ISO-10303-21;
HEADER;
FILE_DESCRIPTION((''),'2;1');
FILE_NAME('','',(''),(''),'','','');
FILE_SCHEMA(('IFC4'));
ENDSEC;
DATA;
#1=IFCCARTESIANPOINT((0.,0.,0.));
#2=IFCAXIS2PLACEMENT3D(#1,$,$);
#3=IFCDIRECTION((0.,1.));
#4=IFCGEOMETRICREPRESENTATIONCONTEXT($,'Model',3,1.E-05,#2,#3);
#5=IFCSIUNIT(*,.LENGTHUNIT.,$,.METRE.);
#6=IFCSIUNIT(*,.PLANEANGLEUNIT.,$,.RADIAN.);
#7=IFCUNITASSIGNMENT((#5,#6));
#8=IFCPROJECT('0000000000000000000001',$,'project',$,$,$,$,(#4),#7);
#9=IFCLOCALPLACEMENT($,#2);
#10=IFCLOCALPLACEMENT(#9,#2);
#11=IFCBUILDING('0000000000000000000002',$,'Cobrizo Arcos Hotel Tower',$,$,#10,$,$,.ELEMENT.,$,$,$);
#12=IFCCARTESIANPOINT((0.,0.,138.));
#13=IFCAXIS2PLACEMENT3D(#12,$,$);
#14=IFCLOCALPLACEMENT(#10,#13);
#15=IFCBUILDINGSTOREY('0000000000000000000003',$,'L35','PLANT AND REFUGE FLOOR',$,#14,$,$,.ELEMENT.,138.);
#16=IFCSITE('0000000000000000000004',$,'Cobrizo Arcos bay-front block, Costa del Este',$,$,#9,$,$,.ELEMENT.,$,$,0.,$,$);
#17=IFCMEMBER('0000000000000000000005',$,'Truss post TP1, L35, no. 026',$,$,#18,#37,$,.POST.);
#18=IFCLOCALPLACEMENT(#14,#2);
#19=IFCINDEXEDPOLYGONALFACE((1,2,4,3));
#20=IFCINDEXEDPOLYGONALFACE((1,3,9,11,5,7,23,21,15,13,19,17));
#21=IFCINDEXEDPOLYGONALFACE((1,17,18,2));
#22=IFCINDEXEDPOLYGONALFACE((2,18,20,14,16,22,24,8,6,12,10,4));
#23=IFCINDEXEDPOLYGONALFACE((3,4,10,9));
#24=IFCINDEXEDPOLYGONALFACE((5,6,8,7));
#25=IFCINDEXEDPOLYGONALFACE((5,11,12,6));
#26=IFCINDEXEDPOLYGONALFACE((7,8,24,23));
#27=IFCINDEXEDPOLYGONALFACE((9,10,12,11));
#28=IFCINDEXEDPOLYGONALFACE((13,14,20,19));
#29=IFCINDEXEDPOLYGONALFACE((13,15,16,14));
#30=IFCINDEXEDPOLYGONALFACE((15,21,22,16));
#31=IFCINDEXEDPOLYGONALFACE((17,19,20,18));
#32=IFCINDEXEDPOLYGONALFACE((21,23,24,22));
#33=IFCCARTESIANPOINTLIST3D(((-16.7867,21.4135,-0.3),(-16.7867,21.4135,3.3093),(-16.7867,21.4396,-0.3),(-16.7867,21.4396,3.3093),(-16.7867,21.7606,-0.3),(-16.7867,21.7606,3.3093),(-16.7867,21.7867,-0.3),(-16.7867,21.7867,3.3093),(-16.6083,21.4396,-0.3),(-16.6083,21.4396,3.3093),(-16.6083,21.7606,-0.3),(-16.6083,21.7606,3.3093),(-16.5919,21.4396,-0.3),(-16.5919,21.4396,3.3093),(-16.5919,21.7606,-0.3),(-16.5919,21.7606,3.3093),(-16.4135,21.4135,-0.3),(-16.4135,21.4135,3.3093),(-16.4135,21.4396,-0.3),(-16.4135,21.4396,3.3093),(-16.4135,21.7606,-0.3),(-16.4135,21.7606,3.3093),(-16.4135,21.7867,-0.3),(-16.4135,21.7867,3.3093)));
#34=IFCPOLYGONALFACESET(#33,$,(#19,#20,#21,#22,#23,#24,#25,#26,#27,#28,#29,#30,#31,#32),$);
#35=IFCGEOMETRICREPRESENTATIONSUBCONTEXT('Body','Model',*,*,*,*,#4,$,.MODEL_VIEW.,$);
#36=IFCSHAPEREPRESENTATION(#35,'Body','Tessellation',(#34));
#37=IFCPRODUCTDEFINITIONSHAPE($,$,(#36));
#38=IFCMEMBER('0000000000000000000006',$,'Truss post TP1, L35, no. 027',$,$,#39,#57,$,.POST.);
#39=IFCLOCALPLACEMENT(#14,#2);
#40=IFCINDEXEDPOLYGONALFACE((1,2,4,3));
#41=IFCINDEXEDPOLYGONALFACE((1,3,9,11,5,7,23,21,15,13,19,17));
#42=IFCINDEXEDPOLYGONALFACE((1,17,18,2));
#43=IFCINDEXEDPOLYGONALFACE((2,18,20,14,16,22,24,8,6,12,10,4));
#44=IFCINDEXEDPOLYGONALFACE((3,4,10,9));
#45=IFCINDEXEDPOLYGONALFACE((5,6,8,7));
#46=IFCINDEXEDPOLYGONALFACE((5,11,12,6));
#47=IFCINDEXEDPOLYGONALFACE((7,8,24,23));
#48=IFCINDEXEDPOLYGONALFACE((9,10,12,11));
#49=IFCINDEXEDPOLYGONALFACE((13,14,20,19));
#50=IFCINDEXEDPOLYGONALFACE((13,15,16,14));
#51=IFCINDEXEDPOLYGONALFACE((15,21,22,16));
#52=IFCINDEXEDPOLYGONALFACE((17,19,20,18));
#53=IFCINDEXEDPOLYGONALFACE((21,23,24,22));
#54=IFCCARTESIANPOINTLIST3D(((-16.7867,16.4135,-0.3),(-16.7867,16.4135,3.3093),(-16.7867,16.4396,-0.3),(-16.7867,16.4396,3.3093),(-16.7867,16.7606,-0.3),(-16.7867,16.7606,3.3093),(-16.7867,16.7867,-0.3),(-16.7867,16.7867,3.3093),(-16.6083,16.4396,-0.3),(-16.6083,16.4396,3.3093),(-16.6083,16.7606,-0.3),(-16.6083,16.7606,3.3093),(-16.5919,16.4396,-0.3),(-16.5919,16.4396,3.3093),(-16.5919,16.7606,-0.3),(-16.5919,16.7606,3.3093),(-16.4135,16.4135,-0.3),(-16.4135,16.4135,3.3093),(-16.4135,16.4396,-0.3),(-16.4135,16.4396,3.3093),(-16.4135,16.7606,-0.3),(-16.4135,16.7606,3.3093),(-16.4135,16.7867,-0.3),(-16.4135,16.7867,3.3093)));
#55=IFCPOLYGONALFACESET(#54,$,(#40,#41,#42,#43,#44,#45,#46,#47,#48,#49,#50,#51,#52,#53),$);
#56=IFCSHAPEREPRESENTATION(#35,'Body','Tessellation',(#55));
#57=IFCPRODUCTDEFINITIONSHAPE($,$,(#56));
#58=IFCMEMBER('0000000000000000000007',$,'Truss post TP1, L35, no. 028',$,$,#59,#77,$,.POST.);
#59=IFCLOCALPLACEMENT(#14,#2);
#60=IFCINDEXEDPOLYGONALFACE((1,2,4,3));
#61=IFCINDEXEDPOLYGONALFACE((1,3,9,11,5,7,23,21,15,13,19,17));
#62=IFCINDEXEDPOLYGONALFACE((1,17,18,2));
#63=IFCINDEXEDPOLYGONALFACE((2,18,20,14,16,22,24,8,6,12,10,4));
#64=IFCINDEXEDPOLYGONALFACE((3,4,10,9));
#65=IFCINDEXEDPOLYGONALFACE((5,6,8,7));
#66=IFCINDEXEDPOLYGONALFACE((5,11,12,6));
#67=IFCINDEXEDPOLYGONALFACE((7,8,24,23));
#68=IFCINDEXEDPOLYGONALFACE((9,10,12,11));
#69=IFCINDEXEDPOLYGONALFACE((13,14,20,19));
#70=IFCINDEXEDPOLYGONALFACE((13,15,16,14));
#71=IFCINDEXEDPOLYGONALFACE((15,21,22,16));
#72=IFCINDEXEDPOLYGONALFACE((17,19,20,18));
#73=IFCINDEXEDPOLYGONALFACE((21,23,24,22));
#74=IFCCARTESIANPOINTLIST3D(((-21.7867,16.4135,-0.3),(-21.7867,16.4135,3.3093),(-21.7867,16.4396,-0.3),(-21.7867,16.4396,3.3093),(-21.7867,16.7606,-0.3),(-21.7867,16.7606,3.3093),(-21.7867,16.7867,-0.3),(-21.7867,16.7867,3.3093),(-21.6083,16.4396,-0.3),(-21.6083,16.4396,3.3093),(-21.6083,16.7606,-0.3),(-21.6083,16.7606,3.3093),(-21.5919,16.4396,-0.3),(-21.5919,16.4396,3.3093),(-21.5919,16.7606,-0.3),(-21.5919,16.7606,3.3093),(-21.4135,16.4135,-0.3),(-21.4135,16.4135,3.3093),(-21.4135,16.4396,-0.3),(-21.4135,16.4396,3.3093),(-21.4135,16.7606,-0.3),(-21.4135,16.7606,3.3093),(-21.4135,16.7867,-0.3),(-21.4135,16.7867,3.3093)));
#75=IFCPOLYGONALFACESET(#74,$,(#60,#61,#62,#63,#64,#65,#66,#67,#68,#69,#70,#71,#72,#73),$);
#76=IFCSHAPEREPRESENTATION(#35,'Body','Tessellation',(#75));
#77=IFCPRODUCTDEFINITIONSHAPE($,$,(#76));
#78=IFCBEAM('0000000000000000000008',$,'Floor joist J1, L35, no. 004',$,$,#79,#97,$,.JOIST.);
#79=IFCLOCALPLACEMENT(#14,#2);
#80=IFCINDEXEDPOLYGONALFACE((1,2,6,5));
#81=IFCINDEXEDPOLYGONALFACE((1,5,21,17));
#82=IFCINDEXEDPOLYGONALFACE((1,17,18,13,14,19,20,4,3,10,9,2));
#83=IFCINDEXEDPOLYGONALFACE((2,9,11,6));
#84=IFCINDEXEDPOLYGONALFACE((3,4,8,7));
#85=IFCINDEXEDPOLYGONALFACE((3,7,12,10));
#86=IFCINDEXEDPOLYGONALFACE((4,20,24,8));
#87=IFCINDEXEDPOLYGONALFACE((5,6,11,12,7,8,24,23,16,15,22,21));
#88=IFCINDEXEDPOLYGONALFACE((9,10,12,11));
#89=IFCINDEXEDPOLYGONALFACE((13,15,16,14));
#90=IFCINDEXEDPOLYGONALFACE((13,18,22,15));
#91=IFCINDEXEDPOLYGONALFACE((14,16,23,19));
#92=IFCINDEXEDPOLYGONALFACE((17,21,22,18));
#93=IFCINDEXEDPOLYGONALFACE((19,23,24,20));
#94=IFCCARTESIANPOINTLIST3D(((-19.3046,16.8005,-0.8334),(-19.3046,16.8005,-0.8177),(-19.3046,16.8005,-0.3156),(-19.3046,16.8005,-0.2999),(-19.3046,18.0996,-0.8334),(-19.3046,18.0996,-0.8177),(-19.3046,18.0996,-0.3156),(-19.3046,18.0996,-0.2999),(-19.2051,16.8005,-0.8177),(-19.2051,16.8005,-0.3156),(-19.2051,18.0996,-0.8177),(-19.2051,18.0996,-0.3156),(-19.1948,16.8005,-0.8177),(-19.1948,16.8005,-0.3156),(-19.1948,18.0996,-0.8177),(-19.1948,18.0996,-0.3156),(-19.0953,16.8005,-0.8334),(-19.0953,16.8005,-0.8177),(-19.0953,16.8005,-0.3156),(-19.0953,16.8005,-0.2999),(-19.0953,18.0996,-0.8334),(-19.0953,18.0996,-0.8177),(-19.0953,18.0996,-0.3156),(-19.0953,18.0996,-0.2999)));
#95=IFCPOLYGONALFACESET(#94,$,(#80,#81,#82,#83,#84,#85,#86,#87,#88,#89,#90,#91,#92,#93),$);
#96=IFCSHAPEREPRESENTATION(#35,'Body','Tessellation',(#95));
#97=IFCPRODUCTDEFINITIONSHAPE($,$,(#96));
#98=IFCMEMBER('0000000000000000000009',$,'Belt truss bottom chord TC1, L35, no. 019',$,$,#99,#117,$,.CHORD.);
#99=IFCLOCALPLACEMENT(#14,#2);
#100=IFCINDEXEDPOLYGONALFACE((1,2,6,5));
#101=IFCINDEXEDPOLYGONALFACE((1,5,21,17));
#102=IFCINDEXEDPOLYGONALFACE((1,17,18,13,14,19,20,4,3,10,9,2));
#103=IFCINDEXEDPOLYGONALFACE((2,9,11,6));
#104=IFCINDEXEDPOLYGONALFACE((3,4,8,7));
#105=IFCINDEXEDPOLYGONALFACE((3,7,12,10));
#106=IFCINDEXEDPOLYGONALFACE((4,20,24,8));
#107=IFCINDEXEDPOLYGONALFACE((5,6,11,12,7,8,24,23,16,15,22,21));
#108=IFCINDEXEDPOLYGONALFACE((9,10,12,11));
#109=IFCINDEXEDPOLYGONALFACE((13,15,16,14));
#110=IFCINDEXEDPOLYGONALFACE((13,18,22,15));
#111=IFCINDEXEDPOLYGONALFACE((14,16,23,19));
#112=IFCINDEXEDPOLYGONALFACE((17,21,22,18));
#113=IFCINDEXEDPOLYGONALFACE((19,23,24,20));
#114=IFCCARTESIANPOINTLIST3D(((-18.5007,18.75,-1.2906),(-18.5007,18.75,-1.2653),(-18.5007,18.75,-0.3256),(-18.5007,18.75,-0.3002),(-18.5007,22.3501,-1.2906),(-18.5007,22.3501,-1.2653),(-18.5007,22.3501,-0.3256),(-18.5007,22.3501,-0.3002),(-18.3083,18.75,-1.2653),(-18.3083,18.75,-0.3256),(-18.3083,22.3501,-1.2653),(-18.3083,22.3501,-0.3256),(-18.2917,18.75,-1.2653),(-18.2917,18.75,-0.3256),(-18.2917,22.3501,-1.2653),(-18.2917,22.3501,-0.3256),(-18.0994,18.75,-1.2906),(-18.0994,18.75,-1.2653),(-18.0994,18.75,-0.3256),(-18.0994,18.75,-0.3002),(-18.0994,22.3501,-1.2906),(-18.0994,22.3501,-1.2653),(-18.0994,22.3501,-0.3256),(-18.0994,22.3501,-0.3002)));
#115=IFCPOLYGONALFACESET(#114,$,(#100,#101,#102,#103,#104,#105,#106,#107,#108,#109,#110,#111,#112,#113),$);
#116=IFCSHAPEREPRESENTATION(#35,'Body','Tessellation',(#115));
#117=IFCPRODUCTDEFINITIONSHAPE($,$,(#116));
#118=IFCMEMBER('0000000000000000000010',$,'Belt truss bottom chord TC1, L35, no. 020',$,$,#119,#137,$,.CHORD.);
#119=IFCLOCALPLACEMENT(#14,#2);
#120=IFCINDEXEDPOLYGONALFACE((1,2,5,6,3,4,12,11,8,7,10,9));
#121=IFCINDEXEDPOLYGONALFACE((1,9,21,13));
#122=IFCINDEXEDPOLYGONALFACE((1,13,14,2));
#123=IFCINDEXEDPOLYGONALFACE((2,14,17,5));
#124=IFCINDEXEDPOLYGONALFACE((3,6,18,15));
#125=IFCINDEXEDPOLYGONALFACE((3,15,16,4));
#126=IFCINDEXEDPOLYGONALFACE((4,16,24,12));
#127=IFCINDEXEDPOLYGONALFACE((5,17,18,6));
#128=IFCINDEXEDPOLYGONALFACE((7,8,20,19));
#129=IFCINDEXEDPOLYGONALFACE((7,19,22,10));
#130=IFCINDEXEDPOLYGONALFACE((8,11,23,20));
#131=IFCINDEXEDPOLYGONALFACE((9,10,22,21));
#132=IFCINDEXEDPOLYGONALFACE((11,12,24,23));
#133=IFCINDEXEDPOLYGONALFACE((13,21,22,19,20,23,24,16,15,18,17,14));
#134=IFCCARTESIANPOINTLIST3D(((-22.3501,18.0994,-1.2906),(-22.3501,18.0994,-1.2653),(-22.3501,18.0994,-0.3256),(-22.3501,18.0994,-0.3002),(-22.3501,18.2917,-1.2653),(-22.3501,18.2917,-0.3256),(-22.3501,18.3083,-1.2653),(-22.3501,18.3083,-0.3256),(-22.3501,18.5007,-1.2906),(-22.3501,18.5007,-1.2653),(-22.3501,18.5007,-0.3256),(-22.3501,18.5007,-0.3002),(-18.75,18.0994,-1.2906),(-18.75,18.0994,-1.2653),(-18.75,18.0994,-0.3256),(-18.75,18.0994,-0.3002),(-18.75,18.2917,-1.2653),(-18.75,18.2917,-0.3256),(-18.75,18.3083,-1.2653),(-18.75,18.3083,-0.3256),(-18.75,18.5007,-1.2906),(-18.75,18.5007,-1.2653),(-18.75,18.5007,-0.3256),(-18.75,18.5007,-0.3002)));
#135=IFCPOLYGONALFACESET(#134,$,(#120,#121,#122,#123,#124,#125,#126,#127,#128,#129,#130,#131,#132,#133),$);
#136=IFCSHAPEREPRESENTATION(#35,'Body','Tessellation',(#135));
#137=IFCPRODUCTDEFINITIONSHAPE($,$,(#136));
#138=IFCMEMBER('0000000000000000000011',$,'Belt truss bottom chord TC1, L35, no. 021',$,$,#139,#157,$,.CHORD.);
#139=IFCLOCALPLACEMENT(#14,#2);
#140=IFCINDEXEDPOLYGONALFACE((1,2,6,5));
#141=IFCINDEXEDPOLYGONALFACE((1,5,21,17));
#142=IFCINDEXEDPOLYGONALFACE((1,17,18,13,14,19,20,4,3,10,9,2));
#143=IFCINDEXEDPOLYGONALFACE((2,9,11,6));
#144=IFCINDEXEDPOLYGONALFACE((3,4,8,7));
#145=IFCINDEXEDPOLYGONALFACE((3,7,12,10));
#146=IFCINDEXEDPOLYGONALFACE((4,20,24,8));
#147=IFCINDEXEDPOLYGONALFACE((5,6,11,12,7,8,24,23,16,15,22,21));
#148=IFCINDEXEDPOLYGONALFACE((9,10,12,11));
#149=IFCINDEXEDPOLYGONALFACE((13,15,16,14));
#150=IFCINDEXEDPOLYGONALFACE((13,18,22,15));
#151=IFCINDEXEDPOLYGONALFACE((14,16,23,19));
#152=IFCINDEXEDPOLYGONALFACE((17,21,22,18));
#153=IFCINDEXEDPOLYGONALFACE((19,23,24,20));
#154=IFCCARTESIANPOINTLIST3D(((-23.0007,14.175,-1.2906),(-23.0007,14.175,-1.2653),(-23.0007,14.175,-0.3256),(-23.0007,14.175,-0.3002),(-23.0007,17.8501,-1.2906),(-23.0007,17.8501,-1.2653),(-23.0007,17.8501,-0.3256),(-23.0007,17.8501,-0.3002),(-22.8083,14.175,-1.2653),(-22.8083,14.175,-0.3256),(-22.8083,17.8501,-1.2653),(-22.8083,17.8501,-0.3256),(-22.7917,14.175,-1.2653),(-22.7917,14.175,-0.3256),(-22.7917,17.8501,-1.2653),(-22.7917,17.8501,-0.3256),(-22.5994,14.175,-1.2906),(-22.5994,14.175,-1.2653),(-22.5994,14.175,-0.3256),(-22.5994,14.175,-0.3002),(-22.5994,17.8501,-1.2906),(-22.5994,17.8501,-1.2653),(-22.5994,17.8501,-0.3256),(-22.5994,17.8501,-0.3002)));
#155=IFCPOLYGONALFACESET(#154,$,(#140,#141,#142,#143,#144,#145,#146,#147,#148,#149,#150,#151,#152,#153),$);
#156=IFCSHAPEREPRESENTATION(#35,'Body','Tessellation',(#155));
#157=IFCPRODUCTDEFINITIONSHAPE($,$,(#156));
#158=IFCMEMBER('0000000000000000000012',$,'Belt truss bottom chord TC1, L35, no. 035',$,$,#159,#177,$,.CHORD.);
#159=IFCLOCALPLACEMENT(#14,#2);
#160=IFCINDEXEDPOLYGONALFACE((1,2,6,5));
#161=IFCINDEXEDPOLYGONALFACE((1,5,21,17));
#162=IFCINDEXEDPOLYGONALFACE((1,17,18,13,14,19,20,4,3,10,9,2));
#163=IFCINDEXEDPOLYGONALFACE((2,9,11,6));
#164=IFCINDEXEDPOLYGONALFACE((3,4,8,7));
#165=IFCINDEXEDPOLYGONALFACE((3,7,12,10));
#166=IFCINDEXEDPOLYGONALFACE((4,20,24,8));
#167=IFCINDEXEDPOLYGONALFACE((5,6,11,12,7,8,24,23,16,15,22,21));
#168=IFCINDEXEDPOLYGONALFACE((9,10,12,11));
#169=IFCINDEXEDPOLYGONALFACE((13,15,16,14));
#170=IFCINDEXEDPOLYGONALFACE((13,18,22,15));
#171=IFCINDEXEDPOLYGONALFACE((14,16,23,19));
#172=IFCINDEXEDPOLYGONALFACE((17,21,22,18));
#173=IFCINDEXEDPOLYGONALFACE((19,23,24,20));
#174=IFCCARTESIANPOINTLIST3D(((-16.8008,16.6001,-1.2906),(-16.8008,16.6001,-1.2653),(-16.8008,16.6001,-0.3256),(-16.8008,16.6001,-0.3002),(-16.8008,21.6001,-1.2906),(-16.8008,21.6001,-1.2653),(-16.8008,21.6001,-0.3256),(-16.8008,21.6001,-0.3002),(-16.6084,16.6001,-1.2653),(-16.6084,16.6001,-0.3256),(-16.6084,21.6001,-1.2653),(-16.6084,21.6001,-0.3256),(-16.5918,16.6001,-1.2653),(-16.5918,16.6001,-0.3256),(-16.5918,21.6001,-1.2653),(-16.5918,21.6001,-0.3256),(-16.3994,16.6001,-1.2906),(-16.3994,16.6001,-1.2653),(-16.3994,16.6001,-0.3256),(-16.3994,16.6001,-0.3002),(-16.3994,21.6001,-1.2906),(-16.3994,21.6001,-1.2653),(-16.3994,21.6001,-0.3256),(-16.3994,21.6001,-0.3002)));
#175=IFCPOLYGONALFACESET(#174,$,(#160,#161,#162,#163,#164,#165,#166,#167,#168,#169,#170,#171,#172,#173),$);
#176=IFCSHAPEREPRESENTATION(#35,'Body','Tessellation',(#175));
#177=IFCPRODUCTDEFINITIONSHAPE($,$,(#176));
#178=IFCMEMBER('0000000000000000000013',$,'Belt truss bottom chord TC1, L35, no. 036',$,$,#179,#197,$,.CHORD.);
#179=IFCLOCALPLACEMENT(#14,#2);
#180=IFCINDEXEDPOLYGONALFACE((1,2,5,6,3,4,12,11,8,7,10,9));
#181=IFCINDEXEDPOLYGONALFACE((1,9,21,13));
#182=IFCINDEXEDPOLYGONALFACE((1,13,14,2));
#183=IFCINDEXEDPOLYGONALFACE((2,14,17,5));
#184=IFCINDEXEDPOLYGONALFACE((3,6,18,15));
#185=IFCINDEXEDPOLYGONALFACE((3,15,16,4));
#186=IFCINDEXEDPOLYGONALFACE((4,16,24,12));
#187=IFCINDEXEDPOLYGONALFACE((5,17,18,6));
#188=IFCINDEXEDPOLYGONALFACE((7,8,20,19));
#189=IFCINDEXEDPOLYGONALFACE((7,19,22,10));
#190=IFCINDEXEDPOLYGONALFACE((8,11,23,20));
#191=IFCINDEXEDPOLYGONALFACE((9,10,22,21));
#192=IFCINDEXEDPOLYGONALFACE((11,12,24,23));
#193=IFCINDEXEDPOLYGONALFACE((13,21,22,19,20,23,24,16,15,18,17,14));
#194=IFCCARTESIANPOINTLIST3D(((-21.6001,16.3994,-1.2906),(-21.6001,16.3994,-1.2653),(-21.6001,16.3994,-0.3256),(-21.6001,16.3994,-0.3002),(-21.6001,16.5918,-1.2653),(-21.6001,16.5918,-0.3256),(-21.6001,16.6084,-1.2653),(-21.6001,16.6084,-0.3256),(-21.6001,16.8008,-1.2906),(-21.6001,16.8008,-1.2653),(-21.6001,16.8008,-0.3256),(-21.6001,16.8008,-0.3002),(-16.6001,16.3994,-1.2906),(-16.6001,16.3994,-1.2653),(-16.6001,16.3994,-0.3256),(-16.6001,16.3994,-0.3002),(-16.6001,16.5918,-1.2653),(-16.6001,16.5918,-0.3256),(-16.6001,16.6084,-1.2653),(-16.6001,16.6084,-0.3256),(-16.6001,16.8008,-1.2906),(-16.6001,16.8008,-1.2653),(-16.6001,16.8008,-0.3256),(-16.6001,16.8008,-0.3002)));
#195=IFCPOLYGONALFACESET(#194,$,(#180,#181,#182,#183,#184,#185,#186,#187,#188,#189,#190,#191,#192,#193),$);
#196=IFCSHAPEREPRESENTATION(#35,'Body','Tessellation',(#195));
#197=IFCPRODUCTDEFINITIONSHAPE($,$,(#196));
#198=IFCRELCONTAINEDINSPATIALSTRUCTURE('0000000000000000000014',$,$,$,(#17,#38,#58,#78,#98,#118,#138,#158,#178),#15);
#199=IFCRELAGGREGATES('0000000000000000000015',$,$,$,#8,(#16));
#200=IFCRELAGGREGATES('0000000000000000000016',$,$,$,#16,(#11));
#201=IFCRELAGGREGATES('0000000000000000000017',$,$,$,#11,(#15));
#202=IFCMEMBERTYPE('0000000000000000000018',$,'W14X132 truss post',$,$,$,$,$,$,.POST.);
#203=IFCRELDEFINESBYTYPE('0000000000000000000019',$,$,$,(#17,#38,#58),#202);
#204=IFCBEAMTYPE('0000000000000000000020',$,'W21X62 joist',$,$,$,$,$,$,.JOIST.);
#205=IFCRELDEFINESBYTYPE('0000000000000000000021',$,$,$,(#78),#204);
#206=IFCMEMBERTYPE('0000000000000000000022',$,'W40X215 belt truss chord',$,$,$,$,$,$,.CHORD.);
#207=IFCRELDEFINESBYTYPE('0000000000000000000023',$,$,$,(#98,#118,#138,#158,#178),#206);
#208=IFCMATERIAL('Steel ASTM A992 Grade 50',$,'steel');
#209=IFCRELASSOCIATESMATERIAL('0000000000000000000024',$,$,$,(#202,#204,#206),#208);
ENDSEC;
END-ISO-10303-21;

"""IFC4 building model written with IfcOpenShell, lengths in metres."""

from ifc_helpers import new_model, si_unit, direction, frame, origin, origin_2d, place, context, subcontext, project, spatial, i_section, extrude, material, material_profile, profile_set, type_object, element, save


model = new_model("IFC4")

# Units and contexts
model_context = context("Model", 3, precision=1e-05, world=origin(), true_north=direction((0.0, 1.0)))
body_context = subcontext(model_context, "Body", "Model", "MODEL_VIEW")
ifc_project = project(units=[si_unit("LENGTHUNIT", "METRE"), si_unit("PLANEANGLEUNIT", "RADIAN")], contexts=[model_context])

# Site, building, storey
site_placement = place(None, origin())
site = spatial("IfcSite", under=ifc_project, at=site_placement, Name="Cobrizo Arcos bay-front block, Costa del Este", CompositionType="ELEMENT", RefElevation=0.0)
building_placement = place(site_placement, origin())
building = spatial("IfcBuilding", under=site, at=building_placement, Name="Cobrizo Arcos Hotel Tower", CompositionType="ELEMENT")
storey_placement = place(building_placement, frame((0.0, 0.0, 138.0)))
storey = spatial("IfcBuildingStorey", under=building, at=storey_placement, Name="L35", Description="PLANT AND REFUGE FLOOR", CompositionType="ELEMENT", Elevation=138.0)

# Members
ifc_material_1 = material(Name="Steel ASTM A992 Grade 50", Category="steel")
ifc_material_profile_1 = material_profile(ifc_material_1, i_section(OverallWidth=0.3733, OverallDepth=0.3733, WebThickness=0.0164, FlangeThickness=0.0261, at=origin_2d()), Name="W14X132")
ifc_profile_set_1 = profile_set([ifc_material_profile_1], Name="Steel ASTM A992 Grade 50")
member_type_1 = type_object("IfcMemberType", Name="W14X132 truss post", PredefinedType="POST", material=ifc_profile_set_1)
for number, where, z_axis, x_axis, name in (
    (1, (-16.6001, 21.6001, -0.3), (0.0, 0.0, 1.0), (1.0, 0.0, 0.0), "Truss post TP1, L35, no. 026"),
    (2, (-16.6001, 16.6001, -0.3), (0.0, 0.0, 1.0), (1.0, 0.0, 0.0), "Truss post TP1, L35, no. 027"),
    (3, (-21.6001, 16.6001, -0.3), (0.0, 0.0, 1.0), (1.0, 0.0, 0.0), "Truss post TP1, L35, no. 028"),
):
    element("IfcMember", number, at=place(storey_placement, frame(where, z_axis=z_axis, x_axis=x_axis)), inside=storey, type_object=member_type_1, Name=name, PredefinedType="POST", context=body_context, shape_type="SweptSolid", body=[
        extrude(i_section(OverallWidth=0.3733, OverallDepth=0.3733, WebThickness=0.0164, FlangeThickness=0.0261, at=origin_2d()), origin(), (0.0, 0.0, 1.0), 3.6094),
    ])

# Beam
ifc_material_profile_2 = material_profile(ifc_material_1, i_section(OverallWidth=0.2092, OverallDepth=0.5334, WebThickness=0.0103, FlangeThickness=0.0156, at=origin_2d()), Name="W21X62")
ifc_profile_set_2 = profile_set([ifc_material_profile_2], Name="Steel ASTM A992 Grade 50")
beam_type = type_object("IfcBeamType", Name="W21X62 joist", PredefinedType="JOIST", material=ifc_profile_set_2)
beam_placement = place(storey_placement, frame((-19.2, 16.8005, -0.5667), z_axis=(0.0, 1.0, 0.0), x_axis=(-1.0, 0.0, 0.0)))
element("IfcBeam", 4, at=beam_placement, inside=storey, type_object=beam_type, Name="Floor joist J1, L35, no. 004", PredefinedType="JOIST", context=body_context, shape_type="SweptSolid", body=[
    extrude(i_section(OverallWidth=0.2092, OverallDepth=0.5334, WebThickness=0.0103, FlangeThickness=0.0156, at=origin_2d()), origin(), (0.0, 0.0, 1.0), 1.2991),
])

# Members
ifc_material_profile_3 = material_profile(ifc_material_1, i_section(OverallWidth=0.4014, OverallDepth=0.9905, WebThickness=0.0166, FlangeThickness=0.0254, at=origin_2d()), Name="W40X215")
ifc_profile_set_3 = profile_set([ifc_material_profile_3], Name="Steel ASTM A992 Grade 50")
member_type_2 = type_object("IfcMemberType", Name="W40X215 belt truss chord", PredefinedType="CHORD", material=ifc_profile_set_3)
for number, where, z_axis, x_axis, name in (
    (5, (-18.3, 22.3501, -0.7954), (0.0, -1.0, 0.0), (1.0, 0.0, 0.0), "Belt truss bottom chord TC1, L35, no. 019"),
    (6, (-18.75, 18.3, -0.7954), (-1.0, 0.0, 0.0), (0.0, -1.0, 0.0), "Belt truss bottom chord TC1, L35, no. 020"),
):
    element("IfcMember", number, at=place(storey_placement, frame(where, z_axis=z_axis, x_axis=x_axis)), inside=storey, type_object=member_type_2, Name=name, PredefinedType="CHORD", context=body_context, shape_type="SweptSolid", body=[
        extrude(i_section(OverallWidth=0.4014, OverallDepth=0.9905, WebThickness=0.0166, FlangeThickness=0.0254, at=origin_2d()), origin(), (0.0, 0.0, 1.0), 3.6001),
    ])
member_1_placement = place(storey_placement, frame((-22.8, 17.8501, -0.7954), z_axis=(0.0, -1.0, 0.0), x_axis=(1.0, 0.0, 0.0)))
element("IfcMember", 7, at=member_1_placement, inside=storey, type_object=member_type_2, Name="Belt truss bottom chord TC1, L35, no. 021", PredefinedType="CHORD", context=body_context, shape_type="SweptSolid", body=[
    extrude(i_section(OverallWidth=0.4014, OverallDepth=0.9905, WebThickness=0.0166, FlangeThickness=0.0254, at=origin_2d()), origin(), (0.0, 0.0, 1.0), 3.675),
])
for number, where, z_axis, x_axis, name in (
    (8, (-16.6001, 21.6001, -0.7954), (0.0, -1.0, 0.0), (1.0, 0.0, 0.0), "Belt truss bottom chord TC1, L35, no. 035"),
    (9, (-16.6001, 16.6001, -0.7954), (-1.0, 0.0, 0.0), (0.0, -1.0, 0.0), "Belt truss bottom chord TC1, L35, no. 036"),
):
    element("IfcMember", number, at=place(storey_placement, frame(where, z_axis=z_axis, x_axis=x_axis)), inside=storey, type_object=member_type_2, Name=name, PredefinedType="CHORD", context=body_context, shape_type="SweptSolid", body=[
        extrude(i_section(OverallWidth=0.4014, OverallDepth=0.9905, WebThickness=0.0166, FlangeThickness=0.0254, at=origin_2d()), origin(), (0.0, 0.0, 1.0), 5.0),
    ])

save(model, "model.ifc")
